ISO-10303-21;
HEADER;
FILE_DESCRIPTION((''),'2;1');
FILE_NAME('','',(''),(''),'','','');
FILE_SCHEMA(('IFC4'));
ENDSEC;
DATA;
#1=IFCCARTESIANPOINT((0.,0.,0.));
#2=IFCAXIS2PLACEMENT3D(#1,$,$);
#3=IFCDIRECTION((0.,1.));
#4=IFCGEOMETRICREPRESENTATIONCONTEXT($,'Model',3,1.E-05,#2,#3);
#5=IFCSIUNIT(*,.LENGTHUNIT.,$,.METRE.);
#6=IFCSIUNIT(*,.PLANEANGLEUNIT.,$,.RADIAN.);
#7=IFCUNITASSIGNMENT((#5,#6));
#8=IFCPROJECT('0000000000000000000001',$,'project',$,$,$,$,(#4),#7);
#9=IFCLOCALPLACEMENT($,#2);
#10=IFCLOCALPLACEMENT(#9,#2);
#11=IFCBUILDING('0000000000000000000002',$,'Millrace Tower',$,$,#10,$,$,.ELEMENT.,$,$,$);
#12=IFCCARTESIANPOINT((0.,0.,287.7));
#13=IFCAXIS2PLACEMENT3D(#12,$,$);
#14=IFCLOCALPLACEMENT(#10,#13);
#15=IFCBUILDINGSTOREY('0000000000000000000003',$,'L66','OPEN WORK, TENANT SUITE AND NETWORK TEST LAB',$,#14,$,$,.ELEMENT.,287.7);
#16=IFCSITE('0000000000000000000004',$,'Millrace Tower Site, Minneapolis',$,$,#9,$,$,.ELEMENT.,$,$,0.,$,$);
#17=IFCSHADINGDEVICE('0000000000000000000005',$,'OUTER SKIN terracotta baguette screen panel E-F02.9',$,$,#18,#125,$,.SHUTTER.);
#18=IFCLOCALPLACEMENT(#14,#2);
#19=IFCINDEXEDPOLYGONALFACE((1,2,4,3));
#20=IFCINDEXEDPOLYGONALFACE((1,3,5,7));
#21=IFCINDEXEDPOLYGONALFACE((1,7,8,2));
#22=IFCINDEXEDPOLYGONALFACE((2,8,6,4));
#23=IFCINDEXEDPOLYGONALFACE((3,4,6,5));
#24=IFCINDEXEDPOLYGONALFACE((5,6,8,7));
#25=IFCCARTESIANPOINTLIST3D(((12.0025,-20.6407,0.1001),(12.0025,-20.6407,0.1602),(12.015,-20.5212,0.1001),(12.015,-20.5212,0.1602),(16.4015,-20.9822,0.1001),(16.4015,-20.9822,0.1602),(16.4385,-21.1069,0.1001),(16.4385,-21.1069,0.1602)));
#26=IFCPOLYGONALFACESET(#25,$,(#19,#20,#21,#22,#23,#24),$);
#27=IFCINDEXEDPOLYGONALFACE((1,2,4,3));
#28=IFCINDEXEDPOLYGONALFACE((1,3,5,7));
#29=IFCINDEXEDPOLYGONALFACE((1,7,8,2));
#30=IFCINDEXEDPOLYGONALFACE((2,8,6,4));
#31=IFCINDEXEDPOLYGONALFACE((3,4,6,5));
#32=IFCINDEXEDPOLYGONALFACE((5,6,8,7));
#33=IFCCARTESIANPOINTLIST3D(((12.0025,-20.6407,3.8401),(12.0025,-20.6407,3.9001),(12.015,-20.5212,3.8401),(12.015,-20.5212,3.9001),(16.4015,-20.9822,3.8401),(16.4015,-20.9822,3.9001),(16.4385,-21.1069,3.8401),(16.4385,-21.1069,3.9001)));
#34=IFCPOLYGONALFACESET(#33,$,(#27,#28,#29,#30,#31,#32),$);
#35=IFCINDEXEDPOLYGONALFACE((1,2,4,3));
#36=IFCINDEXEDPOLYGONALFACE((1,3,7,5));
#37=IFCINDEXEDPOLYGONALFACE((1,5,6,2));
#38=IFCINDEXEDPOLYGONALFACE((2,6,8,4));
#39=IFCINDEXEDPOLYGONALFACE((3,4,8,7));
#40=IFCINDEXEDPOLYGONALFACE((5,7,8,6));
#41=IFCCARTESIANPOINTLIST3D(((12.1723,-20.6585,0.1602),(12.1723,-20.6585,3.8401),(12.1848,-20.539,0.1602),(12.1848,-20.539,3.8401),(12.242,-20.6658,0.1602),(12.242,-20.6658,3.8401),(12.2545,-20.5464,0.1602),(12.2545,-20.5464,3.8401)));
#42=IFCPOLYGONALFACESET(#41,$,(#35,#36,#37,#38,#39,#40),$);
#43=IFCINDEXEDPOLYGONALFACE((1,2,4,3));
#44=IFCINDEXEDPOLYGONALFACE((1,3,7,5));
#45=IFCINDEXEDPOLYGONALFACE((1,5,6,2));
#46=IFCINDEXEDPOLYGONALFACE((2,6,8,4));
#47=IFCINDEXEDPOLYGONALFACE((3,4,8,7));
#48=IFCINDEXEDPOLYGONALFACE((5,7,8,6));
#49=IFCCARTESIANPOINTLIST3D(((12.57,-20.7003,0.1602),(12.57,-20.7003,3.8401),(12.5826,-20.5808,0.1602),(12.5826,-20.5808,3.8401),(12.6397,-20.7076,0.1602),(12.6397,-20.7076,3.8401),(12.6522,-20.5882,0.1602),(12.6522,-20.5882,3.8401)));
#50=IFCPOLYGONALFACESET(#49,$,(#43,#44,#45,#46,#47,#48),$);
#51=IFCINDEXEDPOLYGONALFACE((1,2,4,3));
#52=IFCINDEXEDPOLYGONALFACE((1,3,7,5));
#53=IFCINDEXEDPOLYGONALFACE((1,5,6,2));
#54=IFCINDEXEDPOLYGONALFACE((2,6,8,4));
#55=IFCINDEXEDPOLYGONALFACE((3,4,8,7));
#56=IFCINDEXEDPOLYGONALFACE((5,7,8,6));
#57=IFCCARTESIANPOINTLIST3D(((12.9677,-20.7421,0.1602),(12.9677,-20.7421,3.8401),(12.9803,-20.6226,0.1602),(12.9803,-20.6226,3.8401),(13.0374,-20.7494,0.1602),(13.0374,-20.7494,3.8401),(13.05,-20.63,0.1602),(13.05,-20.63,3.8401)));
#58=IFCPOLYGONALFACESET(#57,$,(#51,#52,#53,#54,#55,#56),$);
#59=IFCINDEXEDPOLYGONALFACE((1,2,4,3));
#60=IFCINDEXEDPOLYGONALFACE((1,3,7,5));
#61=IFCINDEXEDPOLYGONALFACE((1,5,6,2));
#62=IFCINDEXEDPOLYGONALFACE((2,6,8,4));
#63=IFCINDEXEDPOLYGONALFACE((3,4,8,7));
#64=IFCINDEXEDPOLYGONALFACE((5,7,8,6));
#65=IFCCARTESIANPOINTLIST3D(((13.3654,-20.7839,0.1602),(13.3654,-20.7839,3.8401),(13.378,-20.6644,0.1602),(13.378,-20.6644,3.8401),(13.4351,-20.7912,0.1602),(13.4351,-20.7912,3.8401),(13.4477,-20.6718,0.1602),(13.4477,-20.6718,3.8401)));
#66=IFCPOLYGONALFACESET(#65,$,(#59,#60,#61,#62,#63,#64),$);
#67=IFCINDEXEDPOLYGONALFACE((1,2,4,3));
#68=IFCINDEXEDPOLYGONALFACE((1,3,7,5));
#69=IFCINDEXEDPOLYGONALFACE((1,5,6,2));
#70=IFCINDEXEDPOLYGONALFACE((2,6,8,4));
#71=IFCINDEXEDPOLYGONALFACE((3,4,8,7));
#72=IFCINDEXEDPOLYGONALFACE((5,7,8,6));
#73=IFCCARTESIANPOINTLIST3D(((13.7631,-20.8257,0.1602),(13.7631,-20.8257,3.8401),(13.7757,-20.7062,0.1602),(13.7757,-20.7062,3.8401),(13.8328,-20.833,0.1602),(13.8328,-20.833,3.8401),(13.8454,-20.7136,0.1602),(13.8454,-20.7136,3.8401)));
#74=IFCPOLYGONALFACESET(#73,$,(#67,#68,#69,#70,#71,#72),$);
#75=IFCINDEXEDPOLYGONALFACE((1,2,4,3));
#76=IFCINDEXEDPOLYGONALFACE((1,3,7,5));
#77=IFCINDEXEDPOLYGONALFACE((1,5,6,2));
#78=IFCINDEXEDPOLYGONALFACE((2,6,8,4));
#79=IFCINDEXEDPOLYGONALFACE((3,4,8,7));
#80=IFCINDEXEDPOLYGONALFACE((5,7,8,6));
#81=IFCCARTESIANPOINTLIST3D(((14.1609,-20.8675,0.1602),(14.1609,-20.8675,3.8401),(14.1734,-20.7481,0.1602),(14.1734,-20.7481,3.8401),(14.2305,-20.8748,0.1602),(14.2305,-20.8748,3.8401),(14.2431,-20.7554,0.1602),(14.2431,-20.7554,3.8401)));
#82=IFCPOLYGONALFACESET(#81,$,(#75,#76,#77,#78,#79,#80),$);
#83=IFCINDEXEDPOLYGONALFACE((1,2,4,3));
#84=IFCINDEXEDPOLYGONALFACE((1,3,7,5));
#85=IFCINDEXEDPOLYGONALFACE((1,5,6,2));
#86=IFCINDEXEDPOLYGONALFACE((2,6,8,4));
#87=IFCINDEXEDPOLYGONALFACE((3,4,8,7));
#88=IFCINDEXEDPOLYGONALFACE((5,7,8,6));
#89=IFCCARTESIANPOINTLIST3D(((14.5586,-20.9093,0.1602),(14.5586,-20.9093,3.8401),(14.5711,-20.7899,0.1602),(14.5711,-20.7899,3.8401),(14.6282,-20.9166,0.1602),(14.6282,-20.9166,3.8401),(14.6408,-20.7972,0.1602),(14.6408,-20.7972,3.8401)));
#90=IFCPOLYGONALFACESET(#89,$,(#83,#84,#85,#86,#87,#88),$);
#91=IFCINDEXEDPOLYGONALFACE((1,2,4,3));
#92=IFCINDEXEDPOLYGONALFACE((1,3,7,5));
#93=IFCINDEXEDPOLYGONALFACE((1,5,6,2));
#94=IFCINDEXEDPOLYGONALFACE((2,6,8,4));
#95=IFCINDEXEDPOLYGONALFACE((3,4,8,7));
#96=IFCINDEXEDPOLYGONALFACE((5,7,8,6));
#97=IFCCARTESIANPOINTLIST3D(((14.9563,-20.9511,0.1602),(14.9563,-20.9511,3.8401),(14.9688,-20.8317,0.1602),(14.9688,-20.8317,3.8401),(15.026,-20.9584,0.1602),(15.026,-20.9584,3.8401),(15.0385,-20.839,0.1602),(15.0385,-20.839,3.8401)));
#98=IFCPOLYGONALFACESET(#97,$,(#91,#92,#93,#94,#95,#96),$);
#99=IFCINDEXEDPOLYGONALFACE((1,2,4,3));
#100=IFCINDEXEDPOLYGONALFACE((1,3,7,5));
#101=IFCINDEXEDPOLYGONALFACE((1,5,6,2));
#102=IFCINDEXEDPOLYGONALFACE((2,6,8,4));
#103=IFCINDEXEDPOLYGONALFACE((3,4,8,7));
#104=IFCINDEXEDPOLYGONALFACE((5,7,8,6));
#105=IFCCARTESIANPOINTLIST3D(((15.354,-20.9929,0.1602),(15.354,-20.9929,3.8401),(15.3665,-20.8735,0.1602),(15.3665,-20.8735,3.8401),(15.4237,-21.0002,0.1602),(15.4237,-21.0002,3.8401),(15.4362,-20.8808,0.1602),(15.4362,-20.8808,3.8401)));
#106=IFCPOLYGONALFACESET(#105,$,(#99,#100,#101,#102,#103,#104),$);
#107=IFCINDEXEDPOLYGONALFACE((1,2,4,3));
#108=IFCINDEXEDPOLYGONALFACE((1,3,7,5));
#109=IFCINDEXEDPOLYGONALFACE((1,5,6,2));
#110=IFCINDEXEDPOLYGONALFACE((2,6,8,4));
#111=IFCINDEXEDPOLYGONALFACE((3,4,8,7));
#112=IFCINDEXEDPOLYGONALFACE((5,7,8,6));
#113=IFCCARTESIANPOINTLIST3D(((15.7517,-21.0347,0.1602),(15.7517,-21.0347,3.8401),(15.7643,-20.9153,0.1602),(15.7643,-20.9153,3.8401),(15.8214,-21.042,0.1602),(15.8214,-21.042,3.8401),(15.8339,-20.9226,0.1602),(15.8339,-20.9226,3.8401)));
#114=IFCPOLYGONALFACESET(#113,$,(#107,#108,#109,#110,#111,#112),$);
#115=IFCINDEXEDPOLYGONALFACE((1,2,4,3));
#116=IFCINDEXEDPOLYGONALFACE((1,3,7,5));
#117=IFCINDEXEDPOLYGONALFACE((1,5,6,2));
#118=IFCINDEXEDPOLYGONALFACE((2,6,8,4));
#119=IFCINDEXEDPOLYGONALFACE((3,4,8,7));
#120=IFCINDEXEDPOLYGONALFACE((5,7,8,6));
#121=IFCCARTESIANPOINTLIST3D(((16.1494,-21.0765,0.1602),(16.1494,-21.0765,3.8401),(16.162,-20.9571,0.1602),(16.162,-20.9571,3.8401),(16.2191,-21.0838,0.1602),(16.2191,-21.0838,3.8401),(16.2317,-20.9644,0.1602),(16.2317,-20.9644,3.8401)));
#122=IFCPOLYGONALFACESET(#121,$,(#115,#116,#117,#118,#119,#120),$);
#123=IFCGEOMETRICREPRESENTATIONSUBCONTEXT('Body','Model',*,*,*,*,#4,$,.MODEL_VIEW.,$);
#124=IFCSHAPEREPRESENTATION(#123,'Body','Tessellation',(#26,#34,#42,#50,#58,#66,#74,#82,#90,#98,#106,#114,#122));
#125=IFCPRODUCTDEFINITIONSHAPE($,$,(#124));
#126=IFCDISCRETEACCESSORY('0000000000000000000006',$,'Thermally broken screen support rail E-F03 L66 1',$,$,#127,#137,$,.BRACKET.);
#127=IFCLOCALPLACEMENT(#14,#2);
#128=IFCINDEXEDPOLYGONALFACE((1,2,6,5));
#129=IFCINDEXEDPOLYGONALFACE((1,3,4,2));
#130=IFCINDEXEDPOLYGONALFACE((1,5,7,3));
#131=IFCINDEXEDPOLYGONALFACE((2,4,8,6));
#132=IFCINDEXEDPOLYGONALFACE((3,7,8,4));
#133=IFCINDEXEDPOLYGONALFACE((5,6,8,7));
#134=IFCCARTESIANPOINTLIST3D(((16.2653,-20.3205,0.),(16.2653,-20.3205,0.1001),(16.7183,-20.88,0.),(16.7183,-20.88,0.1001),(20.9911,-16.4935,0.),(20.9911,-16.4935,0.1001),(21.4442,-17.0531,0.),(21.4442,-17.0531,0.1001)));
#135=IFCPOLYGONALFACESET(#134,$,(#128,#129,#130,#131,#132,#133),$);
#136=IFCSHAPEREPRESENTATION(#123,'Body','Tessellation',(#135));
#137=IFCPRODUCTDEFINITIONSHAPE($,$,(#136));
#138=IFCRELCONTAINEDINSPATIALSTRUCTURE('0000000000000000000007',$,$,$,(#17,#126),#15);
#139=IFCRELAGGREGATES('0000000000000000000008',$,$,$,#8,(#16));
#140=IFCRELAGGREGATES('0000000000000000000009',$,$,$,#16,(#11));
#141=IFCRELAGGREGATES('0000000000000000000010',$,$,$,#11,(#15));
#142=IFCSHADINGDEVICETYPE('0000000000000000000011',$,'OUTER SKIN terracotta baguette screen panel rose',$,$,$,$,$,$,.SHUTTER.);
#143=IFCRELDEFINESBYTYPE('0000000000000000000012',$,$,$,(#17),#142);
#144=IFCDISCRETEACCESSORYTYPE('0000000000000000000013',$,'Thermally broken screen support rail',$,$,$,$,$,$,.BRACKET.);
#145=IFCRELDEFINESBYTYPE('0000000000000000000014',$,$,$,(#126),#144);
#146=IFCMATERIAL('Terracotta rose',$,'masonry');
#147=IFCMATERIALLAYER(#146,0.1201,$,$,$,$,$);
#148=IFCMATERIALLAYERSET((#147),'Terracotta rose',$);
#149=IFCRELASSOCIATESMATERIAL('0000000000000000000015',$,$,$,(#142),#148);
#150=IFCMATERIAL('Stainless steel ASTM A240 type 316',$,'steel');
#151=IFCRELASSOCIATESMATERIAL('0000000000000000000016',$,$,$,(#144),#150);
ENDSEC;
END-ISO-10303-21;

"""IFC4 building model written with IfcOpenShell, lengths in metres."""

from ifc_helpers import new_model, entity, si_unit, direction, frame, frame_2d, origin, origin_2d, place, context, subcontext, project, spatial, rectangle, extrude, source, transform, mapped, material, layer, layer_set, type_object, element, save


model = new_model("IFC4")

# Units and contexts
model_context = context("Model", 3, precision=1e-05, world=origin(), true_north=direction((0.0, 1.0)))
body_context = subcontext(model_context, "Body", "Model", "MODEL_VIEW")
ifc_project = project(units=[si_unit("LENGTHUNIT", "METRE"), si_unit("PLANEANGLEUNIT", "RADIAN")], contexts=[model_context])

# Site, building, storey
site_placement = place(None, origin())
site = spatial("IfcSite", under=ifc_project, at=site_placement, Name="Millrace Tower Site, Minneapolis", CompositionType="ELEMENT", RefElevation=0.0)
building_placement = place(site_placement, origin())
building = spatial("IfcBuilding", under=site, at=building_placement, Name="Millrace Tower", CompositionType="ELEMENT")
storey_placement = place(building_placement, frame((0.0, 0.0, 287.7)))
storey = spatial("IfcBuildingStorey", under=building, at=storey_placement, Name="L66", Description="OPEN WORK, TENANT SUITE AND NETWORK TEST LAB", CompositionType="ELEMENT", Elevation=287.7)

# Shading device
ifc_material_1 = material(Name="Terracotta rose", Category="masonry")
ifc_layer_1 = layer(ifc_material_1, 0.1201)
ifc_layer_set_1 = layer_set([ifc_layer_1], Name="Terracotta rose")
shading_device_type = type_object("IfcShadingDeviceType", Name="OUTER SKIN terracotta baguette screen panel rose", PredefinedType="SHUTTER", material=ifc_layer_set_1)
cartesian_point_1 = entity("IfcCartesianPoint", [-2.2178, 0.0601])
shared_polyline_1 = entity("IfcPolyline", [cartesian_point_1, entity("IfcCartesianPoint", [2.1929, 0.0601]), entity("IfcCartesianPoint", [2.2427, -0.0601]), entity("IfcCartesianPoint", [-2.2178, -0.0601]), cartesian_point_1])
shared_shape_1 = source(origin(), body_context, "Body", "SweptSolid", [
    entity("IfcExtrudedAreaSolid", entity("IfcArbitraryClosedProfileDef", "AREA", None, shared_polyline_1), entity("IfcAxis2Placement3D", entity("IfcCartesianPoint", [0.0, 0.0, 0.0])), entity("IfcDirection", [0.0, 0.0, 1.0]), 0.0601),
    entity("IfcExtrudedAreaSolid", entity("IfcArbitraryClosedProfileDef", "AREA", None, shared_polyline_1), entity("IfcAxis2Placement3D", entity("IfcCartesianPoint", [0.0, 0.0, 3.74])), entity("IfcDirection", [0.0, 0.0, 1.0]), 0.0601),
    extrude(rectangle(XDim=0.0701, YDim=0.1201, at=frame_2d((-2.012, 0.0))), frame((0.0, 0.0, 0.0601)), (0.0, 0.0, 1.0), 3.6799),
    extrude(rectangle(XDim=0.0701, YDim=0.1201, at=frame_2d((-1.6121, 0.0))), frame((0.0, 0.0, 0.0601)), (0.0, 0.0, 1.0), 3.6799),
    extrude(rectangle(XDim=0.0701, YDim=0.1201, at=frame_2d((-1.2122, 0.0))), frame((0.0, 0.0, 0.0601)), (0.0, 0.0, 1.0), 3.6799),
    extrude(rectangle(XDim=0.0701, YDim=0.1201, at=frame_2d((-0.8123, 0.0))), frame((0.0, 0.0, 0.0601)), (0.0, 0.0, 1.0), 3.6799),
    extrude(rectangle(XDim=0.0701, YDim=0.1201, at=frame_2d((-0.4124, 0.0))), frame((0.0, 0.0, 0.0601)), (0.0, 0.0, 1.0), 3.6799),
    extrude(rectangle(XDim=0.0701, YDim=0.1201, at=frame_2d((-0.0125, 0.0))), frame((0.0, 0.0, 0.0601)), (0.0, 0.0, 1.0), 3.6799),
    extrude(rectangle(XDim=0.0701, YDim=0.1201, at=frame_2d((0.3875, 0.0))), frame((0.0, 0.0, 0.0601)), (0.0, 0.0, 1.0), 3.6799),
    extrude(rectangle(XDim=0.0701, YDim=0.1201, at=frame_2d((0.7874, 0.0))), frame((0.0, 0.0, 0.0601)), (0.0, 0.0, 1.0), 3.6799),
    extrude(rectangle(XDim=0.0701, YDim=0.1201, at=frame_2d((1.1873, 0.0))), frame((0.0, 0.0, 0.0601)), (0.0, 0.0, 1.0), 3.6799),
    extrude(rectangle(XDim=0.0701, YDim=0.1201, at=frame_2d((1.5872, 0.0))), frame((0.0, 0.0, 0.0601)), (0.0, 0.0, 1.0), 3.6799),
    extrude(rectangle(XDim=0.0701, YDim=0.1201, at=frame_2d((1.9871, 0.0))), frame((0.0, 0.0, 0.0601)), (0.0, 0.0, 1.0), 3.6799),
])
shading_device_1_placement = place(storey_placement, frame((14.2144, -20.8127, 0.1001), z_axis=(0.0, 0.0, 1.0), x_axis=(0.994522, -0.104528, 0.0)))
element("IfcShadingDevice", 1, at=shading_device_1_placement, inside=storey, type_object=shading_device_type, Name="OUTER SKIN terracotta baguette screen panel E-F02.9", PredefinedType="SHUTTER", context=body_context, shape_type="MappedRepresentation", body=[
    mapped(shared_shape_1, transform((0.0, 0.0, 0.0), scale=1.0)),
])

# Discrete accessory
ifc_material_2 = material(Name="Stainless steel ASTM A240 type 316", Category="steel")
discrete_accessory_type = type_object("IfcDiscreteAccessoryType", Name="Thermally broken screen support rail", PredefinedType="BRACKET", material=ifc_material_2)
discrete_accessory_placement = place(storey_placement, frame((18.8547, -18.6868, 0.0), z_axis=(0.0, 0.0, 1.0), x_axis=(0.777146, 0.62932, 0.0)))
element("IfcDiscreteAccessory", 2, at=discrete_accessory_placement, inside=storey, type_object=discrete_accessory_type, Name="Thermally broken screen support rail E-F03 L66 1", PredefinedType="BRACKET", context=body_context, shape_type="SweptSolid", body=[
    extrude(rectangle(XDim=6.0811, YDim=0.72, at=origin_2d()), origin(), (0.0, 0.0, 1.0), 0.1001),
])

save(model, "model.ifc")
